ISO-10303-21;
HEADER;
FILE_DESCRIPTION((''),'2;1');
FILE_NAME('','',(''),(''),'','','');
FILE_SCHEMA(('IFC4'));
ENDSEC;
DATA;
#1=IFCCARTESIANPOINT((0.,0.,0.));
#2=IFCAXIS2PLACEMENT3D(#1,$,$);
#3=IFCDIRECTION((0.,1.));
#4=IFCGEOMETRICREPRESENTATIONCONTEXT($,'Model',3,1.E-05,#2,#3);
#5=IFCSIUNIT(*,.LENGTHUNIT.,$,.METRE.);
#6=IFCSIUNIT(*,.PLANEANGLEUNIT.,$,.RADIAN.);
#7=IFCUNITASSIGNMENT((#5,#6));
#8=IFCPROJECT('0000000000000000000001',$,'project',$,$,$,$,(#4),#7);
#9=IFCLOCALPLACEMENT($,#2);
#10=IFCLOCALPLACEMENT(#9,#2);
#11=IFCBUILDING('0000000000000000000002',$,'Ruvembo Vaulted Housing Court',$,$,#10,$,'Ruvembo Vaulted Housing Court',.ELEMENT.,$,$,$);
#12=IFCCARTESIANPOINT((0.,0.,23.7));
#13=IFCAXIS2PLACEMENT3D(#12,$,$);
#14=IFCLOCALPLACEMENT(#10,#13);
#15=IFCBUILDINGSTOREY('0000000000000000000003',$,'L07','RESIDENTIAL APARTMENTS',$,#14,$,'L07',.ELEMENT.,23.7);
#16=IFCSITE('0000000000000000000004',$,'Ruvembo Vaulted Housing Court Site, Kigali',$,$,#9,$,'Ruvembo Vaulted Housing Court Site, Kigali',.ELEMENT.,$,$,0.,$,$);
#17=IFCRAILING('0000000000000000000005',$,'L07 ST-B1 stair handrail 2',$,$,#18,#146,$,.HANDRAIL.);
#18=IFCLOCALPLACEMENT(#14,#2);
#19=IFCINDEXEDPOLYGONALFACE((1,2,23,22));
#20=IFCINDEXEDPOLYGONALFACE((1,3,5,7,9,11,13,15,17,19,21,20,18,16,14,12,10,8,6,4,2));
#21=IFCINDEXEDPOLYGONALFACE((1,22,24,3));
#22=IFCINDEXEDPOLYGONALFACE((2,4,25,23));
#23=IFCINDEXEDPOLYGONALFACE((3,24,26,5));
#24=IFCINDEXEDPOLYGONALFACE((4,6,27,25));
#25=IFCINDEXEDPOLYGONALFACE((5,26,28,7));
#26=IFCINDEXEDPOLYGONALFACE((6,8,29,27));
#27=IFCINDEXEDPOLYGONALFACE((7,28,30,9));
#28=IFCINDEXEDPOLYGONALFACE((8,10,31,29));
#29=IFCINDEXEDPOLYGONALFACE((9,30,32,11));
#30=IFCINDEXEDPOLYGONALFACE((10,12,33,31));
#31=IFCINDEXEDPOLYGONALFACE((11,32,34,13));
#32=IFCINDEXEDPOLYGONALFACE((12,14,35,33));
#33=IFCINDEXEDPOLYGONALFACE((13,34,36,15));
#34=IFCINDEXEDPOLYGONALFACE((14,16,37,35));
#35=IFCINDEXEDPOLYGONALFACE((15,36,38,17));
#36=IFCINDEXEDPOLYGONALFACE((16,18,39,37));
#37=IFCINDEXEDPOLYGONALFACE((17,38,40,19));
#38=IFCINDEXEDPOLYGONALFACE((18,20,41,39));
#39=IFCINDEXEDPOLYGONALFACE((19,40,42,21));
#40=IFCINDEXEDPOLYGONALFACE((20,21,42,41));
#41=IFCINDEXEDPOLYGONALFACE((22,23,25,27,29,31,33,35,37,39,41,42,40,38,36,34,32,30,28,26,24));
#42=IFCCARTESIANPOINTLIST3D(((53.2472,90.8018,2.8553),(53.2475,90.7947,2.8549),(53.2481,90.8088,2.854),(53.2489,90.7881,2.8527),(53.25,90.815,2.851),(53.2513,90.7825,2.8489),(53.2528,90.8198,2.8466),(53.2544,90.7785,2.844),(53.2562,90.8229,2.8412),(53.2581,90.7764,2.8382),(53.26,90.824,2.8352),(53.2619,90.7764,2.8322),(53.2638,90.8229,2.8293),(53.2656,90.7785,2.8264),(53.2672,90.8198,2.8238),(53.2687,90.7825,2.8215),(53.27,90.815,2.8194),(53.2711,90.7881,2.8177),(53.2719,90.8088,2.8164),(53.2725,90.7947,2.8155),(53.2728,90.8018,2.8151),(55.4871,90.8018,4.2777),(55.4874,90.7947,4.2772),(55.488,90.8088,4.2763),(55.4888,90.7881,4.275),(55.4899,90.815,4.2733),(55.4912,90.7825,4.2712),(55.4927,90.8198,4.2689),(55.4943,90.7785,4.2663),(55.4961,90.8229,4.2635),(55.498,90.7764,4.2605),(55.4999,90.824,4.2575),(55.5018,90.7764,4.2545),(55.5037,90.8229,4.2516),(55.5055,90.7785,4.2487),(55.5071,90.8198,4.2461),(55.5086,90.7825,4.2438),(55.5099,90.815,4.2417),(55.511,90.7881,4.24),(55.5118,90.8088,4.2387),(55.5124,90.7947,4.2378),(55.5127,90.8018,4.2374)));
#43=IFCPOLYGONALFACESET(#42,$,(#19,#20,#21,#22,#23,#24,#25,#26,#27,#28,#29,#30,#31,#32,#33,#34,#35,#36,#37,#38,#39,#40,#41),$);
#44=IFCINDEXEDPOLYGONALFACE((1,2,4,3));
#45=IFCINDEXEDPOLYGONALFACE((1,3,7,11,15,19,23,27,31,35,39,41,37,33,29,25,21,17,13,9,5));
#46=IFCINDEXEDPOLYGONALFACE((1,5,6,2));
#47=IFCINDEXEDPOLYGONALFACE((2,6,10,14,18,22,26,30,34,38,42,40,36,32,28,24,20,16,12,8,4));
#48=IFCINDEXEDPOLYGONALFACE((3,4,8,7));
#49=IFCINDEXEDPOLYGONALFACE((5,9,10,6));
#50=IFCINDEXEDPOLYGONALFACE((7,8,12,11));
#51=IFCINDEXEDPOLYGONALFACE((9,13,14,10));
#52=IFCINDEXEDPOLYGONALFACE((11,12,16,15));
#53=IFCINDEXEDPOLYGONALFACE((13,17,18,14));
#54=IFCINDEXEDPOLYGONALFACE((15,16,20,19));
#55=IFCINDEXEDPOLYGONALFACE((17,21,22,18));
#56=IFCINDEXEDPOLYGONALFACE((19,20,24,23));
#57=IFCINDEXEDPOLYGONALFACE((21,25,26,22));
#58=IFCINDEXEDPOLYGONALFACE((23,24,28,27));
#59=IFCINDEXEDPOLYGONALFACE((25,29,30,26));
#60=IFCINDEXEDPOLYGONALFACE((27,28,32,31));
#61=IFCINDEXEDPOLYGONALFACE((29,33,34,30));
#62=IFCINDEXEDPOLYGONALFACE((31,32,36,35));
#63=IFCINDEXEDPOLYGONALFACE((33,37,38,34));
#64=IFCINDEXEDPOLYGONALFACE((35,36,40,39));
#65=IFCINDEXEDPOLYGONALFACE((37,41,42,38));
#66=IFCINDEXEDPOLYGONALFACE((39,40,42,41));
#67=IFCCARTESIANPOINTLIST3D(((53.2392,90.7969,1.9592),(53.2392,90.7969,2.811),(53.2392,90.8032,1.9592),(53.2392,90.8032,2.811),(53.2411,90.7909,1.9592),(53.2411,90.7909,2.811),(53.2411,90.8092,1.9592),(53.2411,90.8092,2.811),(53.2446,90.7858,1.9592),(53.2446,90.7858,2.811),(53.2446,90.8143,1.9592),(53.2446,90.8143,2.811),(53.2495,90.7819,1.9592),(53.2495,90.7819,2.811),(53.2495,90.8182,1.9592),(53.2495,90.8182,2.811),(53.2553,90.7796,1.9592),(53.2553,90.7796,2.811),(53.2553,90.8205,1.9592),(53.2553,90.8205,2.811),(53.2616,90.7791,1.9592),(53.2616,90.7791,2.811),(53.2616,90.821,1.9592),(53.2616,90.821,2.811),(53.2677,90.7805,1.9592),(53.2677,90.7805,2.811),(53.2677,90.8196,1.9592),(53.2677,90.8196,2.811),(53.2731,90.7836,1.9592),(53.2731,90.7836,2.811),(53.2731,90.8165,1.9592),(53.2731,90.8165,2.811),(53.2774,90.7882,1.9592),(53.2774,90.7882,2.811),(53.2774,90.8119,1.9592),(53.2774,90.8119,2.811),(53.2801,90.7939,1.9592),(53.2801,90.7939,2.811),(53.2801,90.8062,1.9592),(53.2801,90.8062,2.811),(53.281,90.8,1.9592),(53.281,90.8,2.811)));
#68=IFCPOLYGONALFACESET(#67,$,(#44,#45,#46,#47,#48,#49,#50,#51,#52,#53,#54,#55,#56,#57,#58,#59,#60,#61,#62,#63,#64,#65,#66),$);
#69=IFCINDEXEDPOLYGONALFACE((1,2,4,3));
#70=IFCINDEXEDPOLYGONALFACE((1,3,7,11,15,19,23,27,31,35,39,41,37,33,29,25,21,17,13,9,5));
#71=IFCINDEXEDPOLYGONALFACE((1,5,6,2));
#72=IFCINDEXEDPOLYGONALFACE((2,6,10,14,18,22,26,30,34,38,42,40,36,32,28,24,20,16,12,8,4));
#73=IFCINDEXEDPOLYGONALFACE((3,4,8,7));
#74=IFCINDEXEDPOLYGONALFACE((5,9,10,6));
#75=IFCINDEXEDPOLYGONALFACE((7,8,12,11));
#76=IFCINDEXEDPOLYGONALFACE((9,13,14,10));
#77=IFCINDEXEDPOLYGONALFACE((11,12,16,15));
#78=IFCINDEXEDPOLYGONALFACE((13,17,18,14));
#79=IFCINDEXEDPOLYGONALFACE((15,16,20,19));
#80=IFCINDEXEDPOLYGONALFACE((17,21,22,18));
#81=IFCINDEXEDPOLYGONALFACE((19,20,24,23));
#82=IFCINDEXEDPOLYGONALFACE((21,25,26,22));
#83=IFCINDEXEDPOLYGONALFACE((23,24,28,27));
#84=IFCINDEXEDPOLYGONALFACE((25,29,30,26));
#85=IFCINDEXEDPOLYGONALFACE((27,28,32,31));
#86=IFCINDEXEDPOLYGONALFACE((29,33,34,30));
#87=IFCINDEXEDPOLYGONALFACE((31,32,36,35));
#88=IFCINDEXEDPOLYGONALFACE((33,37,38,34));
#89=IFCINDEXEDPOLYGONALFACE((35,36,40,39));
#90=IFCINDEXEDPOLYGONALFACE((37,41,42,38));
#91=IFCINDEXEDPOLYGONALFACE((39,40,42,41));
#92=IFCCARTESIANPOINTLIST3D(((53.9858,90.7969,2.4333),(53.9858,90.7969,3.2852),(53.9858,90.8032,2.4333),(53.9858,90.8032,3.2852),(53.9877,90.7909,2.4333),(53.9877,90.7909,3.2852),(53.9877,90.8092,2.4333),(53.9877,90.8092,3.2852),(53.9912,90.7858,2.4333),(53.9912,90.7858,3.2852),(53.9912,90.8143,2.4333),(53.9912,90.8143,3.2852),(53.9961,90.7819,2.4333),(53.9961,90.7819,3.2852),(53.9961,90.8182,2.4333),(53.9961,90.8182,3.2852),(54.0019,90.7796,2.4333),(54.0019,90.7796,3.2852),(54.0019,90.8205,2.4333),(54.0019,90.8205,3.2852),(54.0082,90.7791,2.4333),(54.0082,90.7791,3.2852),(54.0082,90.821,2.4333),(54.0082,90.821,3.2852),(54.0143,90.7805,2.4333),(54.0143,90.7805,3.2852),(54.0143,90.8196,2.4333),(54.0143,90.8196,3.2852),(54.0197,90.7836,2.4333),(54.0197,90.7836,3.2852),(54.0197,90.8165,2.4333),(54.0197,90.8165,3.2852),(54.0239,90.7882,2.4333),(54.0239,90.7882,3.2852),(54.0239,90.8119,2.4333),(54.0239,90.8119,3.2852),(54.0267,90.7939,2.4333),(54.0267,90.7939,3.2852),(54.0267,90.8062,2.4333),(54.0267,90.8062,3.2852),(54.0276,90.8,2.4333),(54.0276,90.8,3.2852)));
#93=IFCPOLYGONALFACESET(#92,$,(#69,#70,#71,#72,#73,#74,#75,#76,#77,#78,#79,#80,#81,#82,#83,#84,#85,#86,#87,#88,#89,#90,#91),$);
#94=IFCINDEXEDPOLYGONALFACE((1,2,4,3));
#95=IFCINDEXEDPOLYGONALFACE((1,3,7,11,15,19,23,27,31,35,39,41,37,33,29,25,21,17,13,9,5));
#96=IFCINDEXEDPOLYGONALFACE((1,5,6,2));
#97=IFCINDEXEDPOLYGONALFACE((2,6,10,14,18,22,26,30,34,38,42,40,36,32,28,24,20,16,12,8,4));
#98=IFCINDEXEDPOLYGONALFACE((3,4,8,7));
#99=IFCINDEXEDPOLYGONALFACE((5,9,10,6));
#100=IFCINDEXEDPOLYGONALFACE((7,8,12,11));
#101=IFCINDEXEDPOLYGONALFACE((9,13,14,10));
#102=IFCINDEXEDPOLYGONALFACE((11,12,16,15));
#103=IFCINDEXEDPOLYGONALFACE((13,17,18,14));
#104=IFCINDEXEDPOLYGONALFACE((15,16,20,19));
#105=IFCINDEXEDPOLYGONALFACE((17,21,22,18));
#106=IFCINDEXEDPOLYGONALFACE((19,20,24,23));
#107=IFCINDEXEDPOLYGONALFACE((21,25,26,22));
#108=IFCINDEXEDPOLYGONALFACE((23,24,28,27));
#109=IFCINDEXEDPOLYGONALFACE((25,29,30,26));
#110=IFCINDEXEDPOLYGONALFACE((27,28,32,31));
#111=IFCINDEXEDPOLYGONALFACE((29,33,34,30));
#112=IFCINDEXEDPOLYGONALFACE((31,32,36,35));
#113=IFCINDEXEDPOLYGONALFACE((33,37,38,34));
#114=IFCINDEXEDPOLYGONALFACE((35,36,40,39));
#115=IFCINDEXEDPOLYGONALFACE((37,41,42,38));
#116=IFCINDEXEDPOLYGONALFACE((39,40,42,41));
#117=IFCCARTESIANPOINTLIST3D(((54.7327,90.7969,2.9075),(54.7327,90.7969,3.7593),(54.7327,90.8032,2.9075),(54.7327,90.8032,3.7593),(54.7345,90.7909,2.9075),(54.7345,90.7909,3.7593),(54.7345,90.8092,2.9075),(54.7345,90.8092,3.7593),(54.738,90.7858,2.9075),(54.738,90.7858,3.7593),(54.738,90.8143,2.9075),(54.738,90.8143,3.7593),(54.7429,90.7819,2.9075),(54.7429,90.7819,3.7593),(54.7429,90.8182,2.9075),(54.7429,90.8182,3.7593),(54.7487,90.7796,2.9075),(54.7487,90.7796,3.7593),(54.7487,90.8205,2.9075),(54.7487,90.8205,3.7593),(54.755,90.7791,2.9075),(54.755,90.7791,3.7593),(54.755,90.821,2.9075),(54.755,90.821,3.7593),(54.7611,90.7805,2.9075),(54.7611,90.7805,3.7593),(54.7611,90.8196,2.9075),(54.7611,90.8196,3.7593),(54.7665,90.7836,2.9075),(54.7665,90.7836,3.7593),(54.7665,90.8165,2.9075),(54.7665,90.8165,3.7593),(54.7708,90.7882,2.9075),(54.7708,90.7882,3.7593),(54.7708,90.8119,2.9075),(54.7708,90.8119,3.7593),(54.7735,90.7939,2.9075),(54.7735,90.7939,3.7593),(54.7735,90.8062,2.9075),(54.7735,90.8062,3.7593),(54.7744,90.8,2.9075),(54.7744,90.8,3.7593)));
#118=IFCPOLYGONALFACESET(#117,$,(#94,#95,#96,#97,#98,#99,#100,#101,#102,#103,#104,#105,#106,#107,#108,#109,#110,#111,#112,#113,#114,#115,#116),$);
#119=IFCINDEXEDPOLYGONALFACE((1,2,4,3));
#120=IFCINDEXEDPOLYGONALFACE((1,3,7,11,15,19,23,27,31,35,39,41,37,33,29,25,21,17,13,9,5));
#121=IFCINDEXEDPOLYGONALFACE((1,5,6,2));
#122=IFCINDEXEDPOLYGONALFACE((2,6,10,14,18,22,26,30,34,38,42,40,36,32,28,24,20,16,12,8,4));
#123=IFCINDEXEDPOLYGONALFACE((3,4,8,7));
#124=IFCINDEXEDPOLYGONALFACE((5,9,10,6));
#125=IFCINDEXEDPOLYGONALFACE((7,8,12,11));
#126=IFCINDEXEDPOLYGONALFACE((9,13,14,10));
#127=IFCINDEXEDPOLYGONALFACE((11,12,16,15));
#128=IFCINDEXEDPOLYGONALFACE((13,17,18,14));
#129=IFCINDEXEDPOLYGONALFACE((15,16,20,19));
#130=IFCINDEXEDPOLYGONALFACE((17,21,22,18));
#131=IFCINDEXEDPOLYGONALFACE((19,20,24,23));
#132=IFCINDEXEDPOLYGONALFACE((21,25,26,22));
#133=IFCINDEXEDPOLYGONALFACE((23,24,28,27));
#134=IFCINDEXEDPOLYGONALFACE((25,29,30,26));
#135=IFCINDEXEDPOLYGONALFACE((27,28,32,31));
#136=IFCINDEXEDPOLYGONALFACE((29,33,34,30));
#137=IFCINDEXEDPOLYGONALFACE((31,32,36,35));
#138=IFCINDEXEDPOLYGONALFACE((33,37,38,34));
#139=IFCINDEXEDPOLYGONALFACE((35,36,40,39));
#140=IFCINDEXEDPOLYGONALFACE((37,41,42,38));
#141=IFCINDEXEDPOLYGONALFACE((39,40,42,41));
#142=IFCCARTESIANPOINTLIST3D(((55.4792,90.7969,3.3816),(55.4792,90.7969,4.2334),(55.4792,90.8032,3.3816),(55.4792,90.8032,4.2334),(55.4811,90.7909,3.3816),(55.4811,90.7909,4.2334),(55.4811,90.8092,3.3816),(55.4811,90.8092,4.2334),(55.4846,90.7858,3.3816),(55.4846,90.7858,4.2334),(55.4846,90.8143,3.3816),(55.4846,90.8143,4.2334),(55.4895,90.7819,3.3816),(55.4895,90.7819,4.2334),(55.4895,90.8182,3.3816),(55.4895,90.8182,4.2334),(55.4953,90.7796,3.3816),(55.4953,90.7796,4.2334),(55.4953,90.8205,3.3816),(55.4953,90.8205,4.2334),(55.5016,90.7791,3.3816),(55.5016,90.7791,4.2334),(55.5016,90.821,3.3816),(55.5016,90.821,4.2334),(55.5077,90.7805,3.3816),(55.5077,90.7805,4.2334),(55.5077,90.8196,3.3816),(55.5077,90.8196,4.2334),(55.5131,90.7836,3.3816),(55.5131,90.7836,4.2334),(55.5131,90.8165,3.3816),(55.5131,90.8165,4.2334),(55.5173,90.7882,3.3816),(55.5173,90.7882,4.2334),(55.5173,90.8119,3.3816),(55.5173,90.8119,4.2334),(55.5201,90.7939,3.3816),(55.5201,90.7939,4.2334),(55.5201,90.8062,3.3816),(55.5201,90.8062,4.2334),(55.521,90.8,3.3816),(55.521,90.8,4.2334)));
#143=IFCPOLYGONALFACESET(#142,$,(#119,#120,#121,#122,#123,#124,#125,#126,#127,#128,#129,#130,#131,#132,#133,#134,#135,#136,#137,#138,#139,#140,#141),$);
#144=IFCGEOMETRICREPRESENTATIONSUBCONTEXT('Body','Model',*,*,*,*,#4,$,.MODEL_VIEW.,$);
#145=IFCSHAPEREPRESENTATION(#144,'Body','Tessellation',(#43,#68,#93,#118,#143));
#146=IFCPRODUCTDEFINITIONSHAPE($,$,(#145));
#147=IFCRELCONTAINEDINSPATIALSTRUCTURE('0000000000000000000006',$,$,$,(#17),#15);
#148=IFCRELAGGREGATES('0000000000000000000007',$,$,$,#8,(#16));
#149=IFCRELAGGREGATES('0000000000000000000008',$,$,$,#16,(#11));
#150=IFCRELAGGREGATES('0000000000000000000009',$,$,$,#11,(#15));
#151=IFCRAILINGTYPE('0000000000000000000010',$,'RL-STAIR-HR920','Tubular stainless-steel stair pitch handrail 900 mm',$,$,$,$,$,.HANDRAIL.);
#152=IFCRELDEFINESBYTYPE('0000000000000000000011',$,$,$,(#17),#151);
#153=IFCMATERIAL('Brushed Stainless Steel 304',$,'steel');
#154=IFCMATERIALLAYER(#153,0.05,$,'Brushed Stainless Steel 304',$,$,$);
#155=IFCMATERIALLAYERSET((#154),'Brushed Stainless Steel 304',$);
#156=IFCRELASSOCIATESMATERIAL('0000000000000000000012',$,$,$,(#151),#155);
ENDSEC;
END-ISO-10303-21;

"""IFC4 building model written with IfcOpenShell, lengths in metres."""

from ifc_helpers import new_model, si_unit, direction, frame, origin, origin_2d, place, context, subcontext, project, spatial, circle, extrude, material, layer, layer_set, type_object, element, save


model = new_model("IFC4")

# Units and contexts
model_context = context("Model", 3, precision=1e-05, world=origin(), true_north=direction((0.0, 1.0)))
body_context = subcontext(model_context, "Body", "Model", "MODEL_VIEW")
ifc_project = project(units=[si_unit("LENGTHUNIT", "METRE"), si_unit("PLANEANGLEUNIT", "RADIAN")], contexts=[model_context])

# Site, building, storey
site_placement = place(None, origin())
site = spatial("IfcSite", under=ifc_project, at=site_placement, Name="Ruvembo Vaulted Housing Court Site, Kigali", LongName="Ruvembo Vaulted Housing Court Site, Kigali", CompositionType="ELEMENT", RefElevation=0.0)
building_placement = place(site_placement, origin())
building = spatial("IfcBuilding", under=site, at=building_placement, Name="Ruvembo Vaulted Housing Court", LongName="Ruvembo Vaulted Housing Court", CompositionType="ELEMENT")
storey_placement = place(building_placement, frame((0.0, 0.0, 23.7)))
storey = spatial("IfcBuildingStorey", under=building, at=storey_placement, Name="L07", Description="RESIDENTIAL APARTMENTS", LongName="L07", CompositionType="ELEMENT", Elevation=23.7)

# Shared definitions
ifc_material_1 = material(Name="Brushed Stainless Steel 304", Category="steel")

# Railing
ifc_layer_1 = layer(ifc_material_1, 0.05, Name="Brushed Stainless Steel 304")
ifc_layer_set_1 = layer_set([ifc_layer_1], Name="Brushed Stainless Steel 304")
railing_type_1 = type_object("IfcRailingType", Name="RL-STAIR-HR920", Description="Tubular stainless-steel stair pitch handrail 900 mm", PredefinedType="HANDRAIL", material=ifc_layer_set_1)
railing_1_placement = place(storey_placement, frame((53.26, 90.8, 1.9592)))
element("IfcRailing", 1, at=railing_1_placement, inside=storey, type_object=railing_type_1, Name="L07 ST-B1 stair handrail 2", PredefinedType="HANDRAIL", context=body_context, shape_type="SweptSolid", body=[
    extrude(circle(Radius=0.0239, at=origin_2d()), frame((0.0, 0.0, 0.876), z_axis=(0.844188, 0.0, 0.536048), x_axis=(0.0, 1.0, 0.0)), (0.0, 0.0, 1.0), 2.6533),
    extrude(circle(Radius=0.021, at=origin_2d()), origin(), (0.0, 0.0, 1.0), 0.8518),
    extrude(circle(Radius=0.021, at=origin_2d()), frame((0.7466, 0.0, 0.4741)), (0.0, 0.0, 1.0), 0.8518),
    extrude(circle(Radius=0.021, at=origin_2d()), frame((1.4934, 0.0, 0.9482)), (0.0, 0.0, 1.0), 0.8518),
    extrude(circle(Radius=0.021, at=origin_2d()), frame((2.24, 0.0, 1.4224)), (0.0, 0.0, 1.0), 0.8518),
])

save(model, "model.ifc")
